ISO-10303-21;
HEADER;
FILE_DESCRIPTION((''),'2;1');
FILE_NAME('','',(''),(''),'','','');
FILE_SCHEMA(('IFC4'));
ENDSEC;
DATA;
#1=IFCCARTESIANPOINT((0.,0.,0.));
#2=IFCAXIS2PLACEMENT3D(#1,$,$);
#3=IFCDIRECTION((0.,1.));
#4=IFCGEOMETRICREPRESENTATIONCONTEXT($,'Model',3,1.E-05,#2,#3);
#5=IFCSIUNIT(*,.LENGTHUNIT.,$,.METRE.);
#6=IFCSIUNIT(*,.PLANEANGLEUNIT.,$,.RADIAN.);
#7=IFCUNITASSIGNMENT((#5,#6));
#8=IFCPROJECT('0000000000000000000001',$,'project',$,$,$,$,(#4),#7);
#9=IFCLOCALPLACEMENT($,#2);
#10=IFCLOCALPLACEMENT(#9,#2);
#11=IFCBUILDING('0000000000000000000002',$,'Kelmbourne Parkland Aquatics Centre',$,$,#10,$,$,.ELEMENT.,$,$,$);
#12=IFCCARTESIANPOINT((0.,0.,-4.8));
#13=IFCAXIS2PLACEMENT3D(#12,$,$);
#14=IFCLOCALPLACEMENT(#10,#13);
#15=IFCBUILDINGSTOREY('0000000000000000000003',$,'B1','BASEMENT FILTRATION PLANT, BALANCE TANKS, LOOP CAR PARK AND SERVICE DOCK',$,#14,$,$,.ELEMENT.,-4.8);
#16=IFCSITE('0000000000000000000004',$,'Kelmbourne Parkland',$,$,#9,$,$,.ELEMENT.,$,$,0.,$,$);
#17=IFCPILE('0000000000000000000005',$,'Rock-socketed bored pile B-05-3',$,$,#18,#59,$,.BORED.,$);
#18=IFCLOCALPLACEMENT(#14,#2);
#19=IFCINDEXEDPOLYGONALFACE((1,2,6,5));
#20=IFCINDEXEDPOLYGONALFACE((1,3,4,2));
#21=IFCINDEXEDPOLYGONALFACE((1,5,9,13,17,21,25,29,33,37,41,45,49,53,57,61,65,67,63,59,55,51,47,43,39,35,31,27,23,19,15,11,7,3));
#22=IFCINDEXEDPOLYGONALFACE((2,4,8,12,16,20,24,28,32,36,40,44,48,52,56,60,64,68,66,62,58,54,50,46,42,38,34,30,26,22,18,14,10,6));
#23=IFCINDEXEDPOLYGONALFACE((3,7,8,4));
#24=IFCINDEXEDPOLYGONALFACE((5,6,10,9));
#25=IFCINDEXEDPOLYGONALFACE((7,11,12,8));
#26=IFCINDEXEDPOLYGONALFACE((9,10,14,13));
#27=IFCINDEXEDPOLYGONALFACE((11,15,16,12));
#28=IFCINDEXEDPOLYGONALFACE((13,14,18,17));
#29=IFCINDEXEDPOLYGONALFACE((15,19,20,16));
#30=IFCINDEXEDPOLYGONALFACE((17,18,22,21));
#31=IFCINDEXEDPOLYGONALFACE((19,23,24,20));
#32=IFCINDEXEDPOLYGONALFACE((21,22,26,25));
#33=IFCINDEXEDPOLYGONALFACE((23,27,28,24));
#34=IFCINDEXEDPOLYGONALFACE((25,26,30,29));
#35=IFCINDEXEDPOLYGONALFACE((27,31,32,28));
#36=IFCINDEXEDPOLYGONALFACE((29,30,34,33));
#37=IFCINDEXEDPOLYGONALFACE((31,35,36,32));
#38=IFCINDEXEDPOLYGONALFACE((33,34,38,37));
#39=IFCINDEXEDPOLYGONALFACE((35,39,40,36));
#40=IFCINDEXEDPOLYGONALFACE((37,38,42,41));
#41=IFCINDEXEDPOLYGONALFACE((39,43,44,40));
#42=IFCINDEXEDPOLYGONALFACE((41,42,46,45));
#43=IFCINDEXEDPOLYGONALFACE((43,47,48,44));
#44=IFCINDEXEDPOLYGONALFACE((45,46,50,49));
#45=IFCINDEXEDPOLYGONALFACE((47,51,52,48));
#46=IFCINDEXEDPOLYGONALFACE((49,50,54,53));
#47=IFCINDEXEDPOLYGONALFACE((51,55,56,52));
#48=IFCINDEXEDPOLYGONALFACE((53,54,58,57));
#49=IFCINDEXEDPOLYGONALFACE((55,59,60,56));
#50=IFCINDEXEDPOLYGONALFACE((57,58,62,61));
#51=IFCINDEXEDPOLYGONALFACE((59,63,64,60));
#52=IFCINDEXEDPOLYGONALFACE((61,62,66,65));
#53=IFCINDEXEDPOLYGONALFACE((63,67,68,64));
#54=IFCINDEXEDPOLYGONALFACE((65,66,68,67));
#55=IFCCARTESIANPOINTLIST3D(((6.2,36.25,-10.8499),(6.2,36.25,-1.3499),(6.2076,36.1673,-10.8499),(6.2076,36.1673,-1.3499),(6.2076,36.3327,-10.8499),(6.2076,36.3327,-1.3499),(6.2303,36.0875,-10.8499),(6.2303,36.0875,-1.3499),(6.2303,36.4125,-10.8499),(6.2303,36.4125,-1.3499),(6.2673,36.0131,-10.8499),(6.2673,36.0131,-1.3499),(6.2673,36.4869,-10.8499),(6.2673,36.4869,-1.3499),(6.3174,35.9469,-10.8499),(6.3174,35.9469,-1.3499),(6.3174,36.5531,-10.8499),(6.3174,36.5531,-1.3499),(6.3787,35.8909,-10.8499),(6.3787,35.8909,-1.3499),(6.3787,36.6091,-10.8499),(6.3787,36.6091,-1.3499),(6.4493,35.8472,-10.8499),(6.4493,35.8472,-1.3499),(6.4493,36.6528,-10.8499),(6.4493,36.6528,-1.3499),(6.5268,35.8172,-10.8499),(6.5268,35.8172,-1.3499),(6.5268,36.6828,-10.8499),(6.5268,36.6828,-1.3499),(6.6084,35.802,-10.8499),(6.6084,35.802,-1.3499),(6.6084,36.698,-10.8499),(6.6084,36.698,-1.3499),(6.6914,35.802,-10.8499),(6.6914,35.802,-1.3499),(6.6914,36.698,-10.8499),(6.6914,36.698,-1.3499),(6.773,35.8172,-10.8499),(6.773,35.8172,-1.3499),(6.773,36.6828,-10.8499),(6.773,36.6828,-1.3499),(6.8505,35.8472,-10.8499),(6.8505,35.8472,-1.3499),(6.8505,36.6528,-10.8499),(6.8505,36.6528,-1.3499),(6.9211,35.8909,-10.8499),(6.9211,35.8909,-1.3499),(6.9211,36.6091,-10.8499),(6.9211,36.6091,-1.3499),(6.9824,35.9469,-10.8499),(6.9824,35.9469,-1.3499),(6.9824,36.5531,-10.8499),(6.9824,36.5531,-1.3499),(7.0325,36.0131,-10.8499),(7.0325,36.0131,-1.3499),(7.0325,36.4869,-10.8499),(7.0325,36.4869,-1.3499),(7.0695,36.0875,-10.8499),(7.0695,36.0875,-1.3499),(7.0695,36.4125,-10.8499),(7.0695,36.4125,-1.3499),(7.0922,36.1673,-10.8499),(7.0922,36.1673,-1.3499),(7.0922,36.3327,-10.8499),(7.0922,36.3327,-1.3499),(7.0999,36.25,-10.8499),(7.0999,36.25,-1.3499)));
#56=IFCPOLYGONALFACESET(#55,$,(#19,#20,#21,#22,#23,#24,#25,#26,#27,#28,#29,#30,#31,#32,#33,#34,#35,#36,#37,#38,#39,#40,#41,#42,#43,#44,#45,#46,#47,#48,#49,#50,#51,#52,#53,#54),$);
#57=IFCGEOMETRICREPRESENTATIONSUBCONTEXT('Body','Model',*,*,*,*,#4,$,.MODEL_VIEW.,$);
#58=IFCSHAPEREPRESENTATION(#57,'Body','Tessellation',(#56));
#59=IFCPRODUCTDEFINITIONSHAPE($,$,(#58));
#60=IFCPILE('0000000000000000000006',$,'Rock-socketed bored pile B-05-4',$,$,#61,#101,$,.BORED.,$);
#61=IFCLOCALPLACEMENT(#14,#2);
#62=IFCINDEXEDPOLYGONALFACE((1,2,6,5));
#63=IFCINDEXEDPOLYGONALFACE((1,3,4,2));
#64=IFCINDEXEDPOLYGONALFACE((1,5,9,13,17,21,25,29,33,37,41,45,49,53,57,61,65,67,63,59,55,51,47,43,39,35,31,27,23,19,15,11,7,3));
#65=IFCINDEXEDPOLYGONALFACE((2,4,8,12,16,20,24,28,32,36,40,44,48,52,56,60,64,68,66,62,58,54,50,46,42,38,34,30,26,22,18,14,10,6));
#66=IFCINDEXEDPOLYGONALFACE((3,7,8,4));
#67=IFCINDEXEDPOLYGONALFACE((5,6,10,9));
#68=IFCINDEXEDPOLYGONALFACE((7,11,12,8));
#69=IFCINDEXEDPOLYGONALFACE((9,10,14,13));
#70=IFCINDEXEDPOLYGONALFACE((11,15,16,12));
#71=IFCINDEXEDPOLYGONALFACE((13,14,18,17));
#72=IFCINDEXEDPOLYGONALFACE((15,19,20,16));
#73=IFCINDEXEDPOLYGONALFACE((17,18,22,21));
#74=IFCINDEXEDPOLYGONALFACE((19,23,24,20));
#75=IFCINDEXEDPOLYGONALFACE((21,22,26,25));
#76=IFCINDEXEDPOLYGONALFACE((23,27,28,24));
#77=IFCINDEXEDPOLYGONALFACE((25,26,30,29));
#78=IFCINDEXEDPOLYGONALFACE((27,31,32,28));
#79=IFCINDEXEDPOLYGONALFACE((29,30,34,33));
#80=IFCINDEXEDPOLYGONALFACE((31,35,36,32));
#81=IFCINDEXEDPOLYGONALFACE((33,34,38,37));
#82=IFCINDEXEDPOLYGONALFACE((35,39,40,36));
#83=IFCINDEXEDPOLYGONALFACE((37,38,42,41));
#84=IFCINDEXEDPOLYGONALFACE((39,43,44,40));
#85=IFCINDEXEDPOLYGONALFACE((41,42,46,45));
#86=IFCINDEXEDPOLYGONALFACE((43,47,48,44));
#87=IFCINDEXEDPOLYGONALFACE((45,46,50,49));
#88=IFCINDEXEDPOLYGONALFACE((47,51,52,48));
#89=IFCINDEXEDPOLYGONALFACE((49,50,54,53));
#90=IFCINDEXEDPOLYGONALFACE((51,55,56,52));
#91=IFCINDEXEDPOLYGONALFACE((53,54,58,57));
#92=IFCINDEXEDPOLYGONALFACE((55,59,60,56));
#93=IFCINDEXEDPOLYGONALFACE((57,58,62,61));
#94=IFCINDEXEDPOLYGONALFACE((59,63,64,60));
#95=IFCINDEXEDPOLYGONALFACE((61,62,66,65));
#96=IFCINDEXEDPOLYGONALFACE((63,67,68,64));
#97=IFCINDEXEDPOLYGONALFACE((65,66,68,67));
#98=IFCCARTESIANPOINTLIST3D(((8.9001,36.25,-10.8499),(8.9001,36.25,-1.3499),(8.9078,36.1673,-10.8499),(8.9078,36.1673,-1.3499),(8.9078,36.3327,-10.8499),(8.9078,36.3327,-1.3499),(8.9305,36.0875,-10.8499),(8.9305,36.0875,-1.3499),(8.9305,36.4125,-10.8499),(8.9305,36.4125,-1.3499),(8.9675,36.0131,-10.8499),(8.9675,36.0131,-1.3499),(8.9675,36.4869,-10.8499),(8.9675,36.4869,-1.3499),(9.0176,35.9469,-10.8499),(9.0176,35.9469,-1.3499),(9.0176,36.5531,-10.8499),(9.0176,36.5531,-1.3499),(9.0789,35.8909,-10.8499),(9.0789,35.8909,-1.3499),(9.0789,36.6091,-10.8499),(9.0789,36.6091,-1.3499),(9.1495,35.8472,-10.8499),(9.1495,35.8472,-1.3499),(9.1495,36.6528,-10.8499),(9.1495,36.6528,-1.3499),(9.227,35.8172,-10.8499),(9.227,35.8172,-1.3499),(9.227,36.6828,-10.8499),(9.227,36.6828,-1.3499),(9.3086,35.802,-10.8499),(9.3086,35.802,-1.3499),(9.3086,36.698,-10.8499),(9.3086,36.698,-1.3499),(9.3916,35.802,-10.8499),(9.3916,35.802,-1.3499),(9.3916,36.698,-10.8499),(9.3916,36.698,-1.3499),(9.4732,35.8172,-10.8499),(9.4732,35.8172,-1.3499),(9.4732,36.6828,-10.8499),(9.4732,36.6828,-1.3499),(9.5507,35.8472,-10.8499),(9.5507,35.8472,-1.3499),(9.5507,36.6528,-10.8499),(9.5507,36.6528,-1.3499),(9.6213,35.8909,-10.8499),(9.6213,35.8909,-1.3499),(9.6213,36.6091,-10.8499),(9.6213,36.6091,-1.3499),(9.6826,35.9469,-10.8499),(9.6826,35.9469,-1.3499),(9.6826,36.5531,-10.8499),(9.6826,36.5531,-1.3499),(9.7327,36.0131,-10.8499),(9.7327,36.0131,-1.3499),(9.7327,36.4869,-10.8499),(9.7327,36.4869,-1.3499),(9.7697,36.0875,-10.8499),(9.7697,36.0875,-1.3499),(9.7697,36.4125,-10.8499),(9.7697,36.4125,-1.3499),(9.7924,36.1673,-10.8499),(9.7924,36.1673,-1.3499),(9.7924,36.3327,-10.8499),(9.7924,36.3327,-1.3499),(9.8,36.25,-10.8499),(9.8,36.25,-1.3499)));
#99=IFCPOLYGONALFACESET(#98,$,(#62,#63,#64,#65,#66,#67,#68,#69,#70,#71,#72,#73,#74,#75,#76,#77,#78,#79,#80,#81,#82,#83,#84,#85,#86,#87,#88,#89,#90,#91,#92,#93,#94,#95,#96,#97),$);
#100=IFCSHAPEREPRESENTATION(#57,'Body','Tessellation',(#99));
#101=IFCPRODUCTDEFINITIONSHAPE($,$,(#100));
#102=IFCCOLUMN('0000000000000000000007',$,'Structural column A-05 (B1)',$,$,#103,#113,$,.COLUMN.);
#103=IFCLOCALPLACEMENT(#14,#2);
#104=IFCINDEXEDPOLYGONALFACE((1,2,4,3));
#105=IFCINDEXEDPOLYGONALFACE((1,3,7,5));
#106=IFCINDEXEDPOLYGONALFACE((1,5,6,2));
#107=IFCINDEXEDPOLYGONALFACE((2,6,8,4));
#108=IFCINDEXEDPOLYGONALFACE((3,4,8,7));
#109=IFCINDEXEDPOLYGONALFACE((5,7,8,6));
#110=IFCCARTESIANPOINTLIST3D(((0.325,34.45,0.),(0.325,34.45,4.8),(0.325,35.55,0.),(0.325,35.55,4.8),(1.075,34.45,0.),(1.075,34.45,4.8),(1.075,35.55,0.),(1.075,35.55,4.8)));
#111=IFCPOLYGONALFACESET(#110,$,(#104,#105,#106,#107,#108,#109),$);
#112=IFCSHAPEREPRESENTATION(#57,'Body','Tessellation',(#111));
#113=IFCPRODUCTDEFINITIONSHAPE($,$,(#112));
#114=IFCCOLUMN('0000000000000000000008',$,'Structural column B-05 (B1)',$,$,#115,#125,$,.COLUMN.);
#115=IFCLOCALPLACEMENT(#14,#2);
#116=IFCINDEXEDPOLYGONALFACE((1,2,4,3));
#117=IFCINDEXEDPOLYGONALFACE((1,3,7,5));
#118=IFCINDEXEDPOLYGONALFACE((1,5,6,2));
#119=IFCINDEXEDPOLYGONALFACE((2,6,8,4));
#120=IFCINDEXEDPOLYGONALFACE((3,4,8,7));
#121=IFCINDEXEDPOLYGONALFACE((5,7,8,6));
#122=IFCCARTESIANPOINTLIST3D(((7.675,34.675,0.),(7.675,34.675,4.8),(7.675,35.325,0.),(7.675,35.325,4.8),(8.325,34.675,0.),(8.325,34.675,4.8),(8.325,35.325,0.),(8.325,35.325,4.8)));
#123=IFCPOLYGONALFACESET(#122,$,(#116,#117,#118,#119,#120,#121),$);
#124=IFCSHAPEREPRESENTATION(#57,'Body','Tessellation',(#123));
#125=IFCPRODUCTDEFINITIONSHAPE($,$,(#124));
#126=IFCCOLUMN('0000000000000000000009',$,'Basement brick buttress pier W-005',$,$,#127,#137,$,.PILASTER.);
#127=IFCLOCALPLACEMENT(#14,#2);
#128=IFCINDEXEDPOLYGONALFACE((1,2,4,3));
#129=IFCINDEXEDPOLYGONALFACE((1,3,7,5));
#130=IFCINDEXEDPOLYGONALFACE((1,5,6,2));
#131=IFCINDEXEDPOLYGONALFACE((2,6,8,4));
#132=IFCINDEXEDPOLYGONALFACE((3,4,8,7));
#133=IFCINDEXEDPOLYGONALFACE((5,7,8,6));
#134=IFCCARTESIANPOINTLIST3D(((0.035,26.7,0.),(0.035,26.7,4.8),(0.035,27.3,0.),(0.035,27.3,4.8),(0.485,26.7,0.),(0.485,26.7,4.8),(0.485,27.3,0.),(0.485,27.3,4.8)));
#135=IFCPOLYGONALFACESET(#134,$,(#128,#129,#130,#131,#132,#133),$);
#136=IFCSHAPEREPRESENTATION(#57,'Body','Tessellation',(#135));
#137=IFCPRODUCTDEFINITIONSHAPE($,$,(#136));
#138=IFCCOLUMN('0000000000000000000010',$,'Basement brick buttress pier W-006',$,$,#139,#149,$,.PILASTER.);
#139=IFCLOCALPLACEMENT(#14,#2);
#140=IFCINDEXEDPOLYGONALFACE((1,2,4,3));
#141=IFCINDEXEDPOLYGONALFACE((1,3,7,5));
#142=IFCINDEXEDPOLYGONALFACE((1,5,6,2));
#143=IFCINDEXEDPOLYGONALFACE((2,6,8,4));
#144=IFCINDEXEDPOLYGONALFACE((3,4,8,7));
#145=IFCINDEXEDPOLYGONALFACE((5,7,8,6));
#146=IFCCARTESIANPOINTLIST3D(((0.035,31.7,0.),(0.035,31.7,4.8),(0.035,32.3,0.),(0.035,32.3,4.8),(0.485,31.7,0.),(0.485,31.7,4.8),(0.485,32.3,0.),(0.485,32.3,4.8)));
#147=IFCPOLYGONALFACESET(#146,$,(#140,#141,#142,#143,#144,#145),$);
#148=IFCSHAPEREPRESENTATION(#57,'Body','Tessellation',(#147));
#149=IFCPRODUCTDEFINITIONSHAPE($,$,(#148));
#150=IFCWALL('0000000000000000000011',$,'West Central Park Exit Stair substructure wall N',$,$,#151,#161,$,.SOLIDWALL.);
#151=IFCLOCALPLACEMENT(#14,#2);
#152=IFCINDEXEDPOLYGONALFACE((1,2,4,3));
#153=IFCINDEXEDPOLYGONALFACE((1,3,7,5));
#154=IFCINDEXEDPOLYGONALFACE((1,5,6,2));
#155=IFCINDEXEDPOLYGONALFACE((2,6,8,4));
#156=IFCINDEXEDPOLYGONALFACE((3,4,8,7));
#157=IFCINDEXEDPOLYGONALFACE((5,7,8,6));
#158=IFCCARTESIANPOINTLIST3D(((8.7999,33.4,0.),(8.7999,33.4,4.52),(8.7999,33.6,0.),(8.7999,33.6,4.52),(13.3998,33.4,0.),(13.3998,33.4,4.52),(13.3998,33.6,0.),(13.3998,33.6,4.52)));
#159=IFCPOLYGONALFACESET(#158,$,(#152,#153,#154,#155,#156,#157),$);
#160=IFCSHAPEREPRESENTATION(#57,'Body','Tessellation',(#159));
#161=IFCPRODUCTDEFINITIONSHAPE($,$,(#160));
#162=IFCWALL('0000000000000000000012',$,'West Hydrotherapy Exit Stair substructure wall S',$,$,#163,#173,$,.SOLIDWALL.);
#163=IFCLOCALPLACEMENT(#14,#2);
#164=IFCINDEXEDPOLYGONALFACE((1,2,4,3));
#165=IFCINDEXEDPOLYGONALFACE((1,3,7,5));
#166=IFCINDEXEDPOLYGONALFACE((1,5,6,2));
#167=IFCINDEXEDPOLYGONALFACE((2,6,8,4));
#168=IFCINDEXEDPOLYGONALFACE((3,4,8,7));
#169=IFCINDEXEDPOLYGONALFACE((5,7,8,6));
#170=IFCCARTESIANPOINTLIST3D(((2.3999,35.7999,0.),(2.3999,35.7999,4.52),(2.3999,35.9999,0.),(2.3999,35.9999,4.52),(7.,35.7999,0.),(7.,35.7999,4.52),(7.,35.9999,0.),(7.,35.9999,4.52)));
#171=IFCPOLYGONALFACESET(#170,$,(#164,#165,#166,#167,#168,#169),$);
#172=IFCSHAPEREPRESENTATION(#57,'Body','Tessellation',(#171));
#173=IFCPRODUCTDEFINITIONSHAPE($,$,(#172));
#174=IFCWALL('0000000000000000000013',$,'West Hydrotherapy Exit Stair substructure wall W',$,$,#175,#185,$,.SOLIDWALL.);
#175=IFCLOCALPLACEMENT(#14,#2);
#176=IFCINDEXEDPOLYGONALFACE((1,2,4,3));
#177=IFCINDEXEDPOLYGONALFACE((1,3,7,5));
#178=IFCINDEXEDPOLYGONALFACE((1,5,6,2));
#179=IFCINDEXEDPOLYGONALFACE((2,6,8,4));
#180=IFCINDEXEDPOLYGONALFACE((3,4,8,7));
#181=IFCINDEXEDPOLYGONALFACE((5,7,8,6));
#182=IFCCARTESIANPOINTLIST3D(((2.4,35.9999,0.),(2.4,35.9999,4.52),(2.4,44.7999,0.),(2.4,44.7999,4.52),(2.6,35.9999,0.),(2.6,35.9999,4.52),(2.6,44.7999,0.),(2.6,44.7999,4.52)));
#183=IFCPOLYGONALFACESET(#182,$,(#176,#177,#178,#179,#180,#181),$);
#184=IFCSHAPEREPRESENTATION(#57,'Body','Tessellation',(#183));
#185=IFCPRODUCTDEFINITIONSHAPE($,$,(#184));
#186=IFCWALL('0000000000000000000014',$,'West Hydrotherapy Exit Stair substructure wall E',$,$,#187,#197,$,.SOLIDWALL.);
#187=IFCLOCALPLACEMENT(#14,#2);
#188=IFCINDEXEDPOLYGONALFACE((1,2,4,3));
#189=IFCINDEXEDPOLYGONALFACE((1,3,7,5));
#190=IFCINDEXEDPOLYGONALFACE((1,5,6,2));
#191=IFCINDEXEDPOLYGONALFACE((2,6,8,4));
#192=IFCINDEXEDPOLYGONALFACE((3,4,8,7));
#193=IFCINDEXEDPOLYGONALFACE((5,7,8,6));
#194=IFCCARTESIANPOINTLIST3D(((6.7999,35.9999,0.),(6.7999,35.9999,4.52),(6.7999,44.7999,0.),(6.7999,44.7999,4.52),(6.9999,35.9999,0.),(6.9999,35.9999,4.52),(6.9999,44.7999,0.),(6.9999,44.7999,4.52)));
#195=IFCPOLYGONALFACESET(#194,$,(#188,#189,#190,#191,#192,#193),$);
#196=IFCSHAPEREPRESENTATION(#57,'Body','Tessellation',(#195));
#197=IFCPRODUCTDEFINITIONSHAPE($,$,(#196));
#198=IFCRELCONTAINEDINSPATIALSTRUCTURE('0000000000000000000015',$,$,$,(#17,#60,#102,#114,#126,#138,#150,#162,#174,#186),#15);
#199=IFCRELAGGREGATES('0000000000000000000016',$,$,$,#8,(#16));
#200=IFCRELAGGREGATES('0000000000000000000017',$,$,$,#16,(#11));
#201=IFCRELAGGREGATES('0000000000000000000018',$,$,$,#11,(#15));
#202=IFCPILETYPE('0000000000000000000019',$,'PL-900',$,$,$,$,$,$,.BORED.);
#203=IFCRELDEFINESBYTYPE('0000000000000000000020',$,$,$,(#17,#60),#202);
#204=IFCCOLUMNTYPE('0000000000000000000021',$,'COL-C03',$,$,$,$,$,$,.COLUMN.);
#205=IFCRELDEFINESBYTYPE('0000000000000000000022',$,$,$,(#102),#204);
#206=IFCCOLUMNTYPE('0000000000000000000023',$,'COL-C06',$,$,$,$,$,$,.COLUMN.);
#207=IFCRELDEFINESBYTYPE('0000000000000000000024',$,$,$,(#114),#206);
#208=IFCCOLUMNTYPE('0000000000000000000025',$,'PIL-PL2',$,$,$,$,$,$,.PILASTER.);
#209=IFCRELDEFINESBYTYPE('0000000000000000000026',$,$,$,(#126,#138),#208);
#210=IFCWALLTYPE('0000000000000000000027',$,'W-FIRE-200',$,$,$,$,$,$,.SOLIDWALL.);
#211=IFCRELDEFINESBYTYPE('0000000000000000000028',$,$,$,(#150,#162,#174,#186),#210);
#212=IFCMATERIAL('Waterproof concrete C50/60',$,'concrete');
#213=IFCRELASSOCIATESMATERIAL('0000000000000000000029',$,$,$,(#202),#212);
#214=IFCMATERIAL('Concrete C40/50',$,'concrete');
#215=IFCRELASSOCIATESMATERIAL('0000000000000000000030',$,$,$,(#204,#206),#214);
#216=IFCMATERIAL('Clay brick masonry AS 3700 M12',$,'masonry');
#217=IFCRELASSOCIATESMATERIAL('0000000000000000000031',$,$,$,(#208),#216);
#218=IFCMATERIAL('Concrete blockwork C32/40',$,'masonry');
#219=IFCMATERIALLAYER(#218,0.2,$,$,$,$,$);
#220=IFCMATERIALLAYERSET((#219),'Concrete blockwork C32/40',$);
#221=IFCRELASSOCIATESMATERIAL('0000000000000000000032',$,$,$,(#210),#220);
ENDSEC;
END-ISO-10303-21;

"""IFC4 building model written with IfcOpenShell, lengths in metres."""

from ifc_helpers import new_model, si_unit, direction, frame, frame_2d, origin, origin_2d, place, context, subcontext, project, spatial, rectangle, circle, extrude, material, layer, layer_set, material_profile, profile_set, type_object, element, save


model = new_model("IFC4")

# Units and contexts
model_context = context("Model", 3, precision=1e-05, world=origin(), true_north=direction((0.0, 1.0)))
body_context = subcontext(model_context, "Body", "Model", "MODEL_VIEW")
ifc_project = project(units=[si_unit("LENGTHUNIT", "METRE"), si_unit("PLANEANGLEUNIT", "RADIAN")], contexts=[model_context])

# Site, building, storey
site_placement = place(None, origin())
site = spatial("IfcSite", under=ifc_project, at=site_placement, Name="Kelmbourne Parkland", CompositionType="ELEMENT", RefElevation=0.0)
building_placement = place(site_placement, origin())
building = spatial("IfcBuilding", under=site, at=building_placement, Name="Kelmbourne Parkland Aquatics Centre", CompositionType="ELEMENT")
storey_placement = place(building_placement, frame((0.0, 0.0, -4.8)))
storey = spatial("IfcBuildingStorey", under=building, at=storey_placement, Name="B1", Description="BASEMENT FILTRATION PLANT, BALANCE TANKS, LOOP CAR PARK AND SERVICE DOCK", CompositionType="ELEMENT", Elevation=-4.8)

# Shared definitions
ifc_material_1 = material(Name="Waterproof concrete C50/60", Category="concrete")

# Piles
ifc_material_profile_1 = material_profile(ifc_material_1, circle(Radius=0.45, at=origin_2d()), Name="PILE D900")
ifc_profile_set_1 = profile_set([ifc_material_profile_1], Name="Waterproof concrete C50/60")
pile_type_1 = type_object("IfcPileType", Name="PL-900", PredefinedType="BORED", material=ifc_profile_set_1)
for number, where, z_axis, x_axis, name in (
    (1, (6.6499, 36.25, -1.3499), (0.0, 0.0, -1.0), (1.0, 0.0, 0.0), "Rock-socketed bored pile B-05-3"),
    (2, (9.3501, 36.25, -1.3499), (0.0, 0.0, -1.0), (1.0, 0.0, 0.0), "Rock-socketed bored pile B-05-4"),
):
    element("IfcPile", number, at=place(storey_placement, frame(where, z_axis=z_axis, x_axis=x_axis)), inside=storey, type_object=pile_type_1, Name=name, PredefinedType="BORED", context=body_context, shape_type="SweptSolid", body=[
        extrude(circle(Radius=0.45, at=origin_2d()), origin(), (0.0, 0.0, 1.0), 9.5),
    ])

# Columns
ifc_material_2 = material(Name="Concrete C40/50", Category="concrete")
ifc_material_profile_2 = material_profile(ifc_material_2, rectangle(XDim=0.75, YDim=1.1001, at=origin_2d()), Name="RC 750x1100")
ifc_profile_set_2 = profile_set([ifc_material_profile_2], Name="Concrete C40/50")
column_type_1 = type_object("IfcColumnType", Name="COL-C03", PredefinedType="COLUMN", material=ifc_profile_set_2)
column_1_placement = place(storey_placement, frame((0.7, 35.0, 0.0), z_axis=(0.0, 0.0, 1.0), x_axis=(1.0, 0.0, 0.0)))
element("IfcColumn", 3, at=column_1_placement, inside=storey, type_object=column_type_1, Name="Structural column A-05 (B1)", PredefinedType="COLUMN", context=body_context, shape_type="SweptSolid", body=[
    extrude(rectangle(XDim=0.75, YDim=1.1001, at=origin_2d()), origin(), (0.0, 0.0, 1.0), 4.8),
])
ifc_material_profile_3 = material_profile(ifc_material_2, rectangle(XDim=0.6499, YDim=0.6499, at=origin_2d()), Name="RC 650x650")
ifc_profile_set_3 = profile_set([ifc_material_profile_3], Name="Concrete C40/50")
column_type_2 = type_object("IfcColumnType", Name="COL-C06", PredefinedType="COLUMN", material=ifc_profile_set_3)
column_2_placement = place(storey_placement, frame((8.0, 35.0, 0.0), z_axis=(0.0, 0.0, 1.0), x_axis=(1.0, 0.0, 0.0)))
element("IfcColumn", 4, at=column_2_placement, inside=storey, type_object=column_type_2, Name="Structural column B-05 (B1)", PredefinedType="COLUMN", context=body_context, shape_type="SweptSolid", body=[
    extrude(rectangle(XDim=0.6499, YDim=0.6499, at=origin_2d()), origin(), (0.0, 0.0, 1.0), 4.8),
])
ifc_material_3 = material(Name="Clay brick masonry AS 3700 M12", Category="masonry")
ifc_material_profile_4 = material_profile(ifc_material_3, rectangle(XDim=0.45, YDim=0.6001, at=origin_2d()), Name="PIL 450x600")
ifc_profile_set_4 = profile_set([ifc_material_profile_4], Name="Clay brick masonry AS 3700 M12")
column_type_3 = type_object("IfcColumnType", Name="PIL-PL2", PredefinedType="PILASTER", material=ifc_profile_set_4)
for number, where, z_axis, x_axis, name in (
    (5, (0.26, 27.0, 0.0), (0.0, 0.0, 1.0), (1.0, 0.0, 0.0), "Basement brick buttress pier W-005"),
    (6, (0.26, 32.0, 0.0), (0.0, 0.0, 1.0), (1.0, 0.0, 0.0), "Basement brick buttress pier W-006"),
):
    element("IfcColumn", number, at=place(storey_placement, frame(where, z_axis=z_axis, x_axis=x_axis)), inside=storey, type_object=column_type_3, Name=name, PredefinedType="PILASTER", context=body_context, shape_type="SweptSolid", body=[
        extrude(rectangle(XDim=0.45, YDim=0.6001, at=origin_2d()), origin(), (0.0, 0.0, 1.0), 4.8),
    ])

# Walls
ifc_material_4 = material(Name="Concrete blockwork C32/40", Category="masonry")
ifc_layer = layer(ifc_material_4, 0.2)
ifc_layer_set = layer_set([ifc_layer], Name="Concrete blockwork C32/40")
wall_type = type_object("IfcWallType", Name="W-FIRE-200", PredefinedType="SOLIDWALL", material=ifc_layer_set)
wall_1_placement = place(storey_placement, frame((8.8, 33.5, 0.0), z_axis=(0.0, 0.0, 1.0), x_axis=(1.0, 0.0, 0.0)))
element("IfcWall", 7, at=wall_1_placement, inside=storey, type_object=wall_type, Name="West Central Park Exit Stair substructure wall N", PredefinedType="SOLIDWALL", context=body_context, shape_type="SweptSolid", body=[
    extrude(rectangle(XDim=4.5999, YDim=0.2, at=frame_2d((2.2998, 0.0))), origin(), (0.0, 0.0, 1.0), 4.52),
])
wall_2_placement = place(storey_placement, frame((2.3999, 35.8999, 0.0), z_axis=(0.0, 0.0, 1.0), x_axis=(1.0, 0.0, 0.0)))
element("IfcWall", 8, at=wall_2_placement, inside=storey, type_object=wall_type, Name="West Hydrotherapy Exit Stair substructure wall S", PredefinedType="SOLIDWALL", context=body_context, shape_type="SweptSolid", body=[
    extrude(rectangle(XDim=4.6001, YDim=0.2, at=frame_2d((2.3, 0.0))), origin(), (0.0, 0.0, 1.0), 4.52),
])
for number, where, z_axis, x_axis, name in (
    (9, (2.5, 36.0, 0.0), (0.0, 0.0, 1.0), (0.0, 1.0, 0.0), "West Hydrotherapy Exit Stair substructure wall W"),
    (10, (6.8999, 36.0, 0.0), (0.0, 0.0, 1.0), (0.0, 1.0, 0.0), "West Hydrotherapy Exit Stair substructure wall E"),
):
    element("IfcWall", number, at=place(storey_placement, frame(where, z_axis=z_axis, x_axis=x_axis)), inside=storey, type_object=wall_type, Name=name, PredefinedType="SOLIDWALL", context=body_context, shape_type="SweptSolid", body=[
        extrude(rectangle(XDim=8.8, YDim=0.2, at=frame_2d((4.3999, 0.0))), origin(), (0.0, 0.0, 1.0), 4.52),
    ])

save(model, "model.ifc")
